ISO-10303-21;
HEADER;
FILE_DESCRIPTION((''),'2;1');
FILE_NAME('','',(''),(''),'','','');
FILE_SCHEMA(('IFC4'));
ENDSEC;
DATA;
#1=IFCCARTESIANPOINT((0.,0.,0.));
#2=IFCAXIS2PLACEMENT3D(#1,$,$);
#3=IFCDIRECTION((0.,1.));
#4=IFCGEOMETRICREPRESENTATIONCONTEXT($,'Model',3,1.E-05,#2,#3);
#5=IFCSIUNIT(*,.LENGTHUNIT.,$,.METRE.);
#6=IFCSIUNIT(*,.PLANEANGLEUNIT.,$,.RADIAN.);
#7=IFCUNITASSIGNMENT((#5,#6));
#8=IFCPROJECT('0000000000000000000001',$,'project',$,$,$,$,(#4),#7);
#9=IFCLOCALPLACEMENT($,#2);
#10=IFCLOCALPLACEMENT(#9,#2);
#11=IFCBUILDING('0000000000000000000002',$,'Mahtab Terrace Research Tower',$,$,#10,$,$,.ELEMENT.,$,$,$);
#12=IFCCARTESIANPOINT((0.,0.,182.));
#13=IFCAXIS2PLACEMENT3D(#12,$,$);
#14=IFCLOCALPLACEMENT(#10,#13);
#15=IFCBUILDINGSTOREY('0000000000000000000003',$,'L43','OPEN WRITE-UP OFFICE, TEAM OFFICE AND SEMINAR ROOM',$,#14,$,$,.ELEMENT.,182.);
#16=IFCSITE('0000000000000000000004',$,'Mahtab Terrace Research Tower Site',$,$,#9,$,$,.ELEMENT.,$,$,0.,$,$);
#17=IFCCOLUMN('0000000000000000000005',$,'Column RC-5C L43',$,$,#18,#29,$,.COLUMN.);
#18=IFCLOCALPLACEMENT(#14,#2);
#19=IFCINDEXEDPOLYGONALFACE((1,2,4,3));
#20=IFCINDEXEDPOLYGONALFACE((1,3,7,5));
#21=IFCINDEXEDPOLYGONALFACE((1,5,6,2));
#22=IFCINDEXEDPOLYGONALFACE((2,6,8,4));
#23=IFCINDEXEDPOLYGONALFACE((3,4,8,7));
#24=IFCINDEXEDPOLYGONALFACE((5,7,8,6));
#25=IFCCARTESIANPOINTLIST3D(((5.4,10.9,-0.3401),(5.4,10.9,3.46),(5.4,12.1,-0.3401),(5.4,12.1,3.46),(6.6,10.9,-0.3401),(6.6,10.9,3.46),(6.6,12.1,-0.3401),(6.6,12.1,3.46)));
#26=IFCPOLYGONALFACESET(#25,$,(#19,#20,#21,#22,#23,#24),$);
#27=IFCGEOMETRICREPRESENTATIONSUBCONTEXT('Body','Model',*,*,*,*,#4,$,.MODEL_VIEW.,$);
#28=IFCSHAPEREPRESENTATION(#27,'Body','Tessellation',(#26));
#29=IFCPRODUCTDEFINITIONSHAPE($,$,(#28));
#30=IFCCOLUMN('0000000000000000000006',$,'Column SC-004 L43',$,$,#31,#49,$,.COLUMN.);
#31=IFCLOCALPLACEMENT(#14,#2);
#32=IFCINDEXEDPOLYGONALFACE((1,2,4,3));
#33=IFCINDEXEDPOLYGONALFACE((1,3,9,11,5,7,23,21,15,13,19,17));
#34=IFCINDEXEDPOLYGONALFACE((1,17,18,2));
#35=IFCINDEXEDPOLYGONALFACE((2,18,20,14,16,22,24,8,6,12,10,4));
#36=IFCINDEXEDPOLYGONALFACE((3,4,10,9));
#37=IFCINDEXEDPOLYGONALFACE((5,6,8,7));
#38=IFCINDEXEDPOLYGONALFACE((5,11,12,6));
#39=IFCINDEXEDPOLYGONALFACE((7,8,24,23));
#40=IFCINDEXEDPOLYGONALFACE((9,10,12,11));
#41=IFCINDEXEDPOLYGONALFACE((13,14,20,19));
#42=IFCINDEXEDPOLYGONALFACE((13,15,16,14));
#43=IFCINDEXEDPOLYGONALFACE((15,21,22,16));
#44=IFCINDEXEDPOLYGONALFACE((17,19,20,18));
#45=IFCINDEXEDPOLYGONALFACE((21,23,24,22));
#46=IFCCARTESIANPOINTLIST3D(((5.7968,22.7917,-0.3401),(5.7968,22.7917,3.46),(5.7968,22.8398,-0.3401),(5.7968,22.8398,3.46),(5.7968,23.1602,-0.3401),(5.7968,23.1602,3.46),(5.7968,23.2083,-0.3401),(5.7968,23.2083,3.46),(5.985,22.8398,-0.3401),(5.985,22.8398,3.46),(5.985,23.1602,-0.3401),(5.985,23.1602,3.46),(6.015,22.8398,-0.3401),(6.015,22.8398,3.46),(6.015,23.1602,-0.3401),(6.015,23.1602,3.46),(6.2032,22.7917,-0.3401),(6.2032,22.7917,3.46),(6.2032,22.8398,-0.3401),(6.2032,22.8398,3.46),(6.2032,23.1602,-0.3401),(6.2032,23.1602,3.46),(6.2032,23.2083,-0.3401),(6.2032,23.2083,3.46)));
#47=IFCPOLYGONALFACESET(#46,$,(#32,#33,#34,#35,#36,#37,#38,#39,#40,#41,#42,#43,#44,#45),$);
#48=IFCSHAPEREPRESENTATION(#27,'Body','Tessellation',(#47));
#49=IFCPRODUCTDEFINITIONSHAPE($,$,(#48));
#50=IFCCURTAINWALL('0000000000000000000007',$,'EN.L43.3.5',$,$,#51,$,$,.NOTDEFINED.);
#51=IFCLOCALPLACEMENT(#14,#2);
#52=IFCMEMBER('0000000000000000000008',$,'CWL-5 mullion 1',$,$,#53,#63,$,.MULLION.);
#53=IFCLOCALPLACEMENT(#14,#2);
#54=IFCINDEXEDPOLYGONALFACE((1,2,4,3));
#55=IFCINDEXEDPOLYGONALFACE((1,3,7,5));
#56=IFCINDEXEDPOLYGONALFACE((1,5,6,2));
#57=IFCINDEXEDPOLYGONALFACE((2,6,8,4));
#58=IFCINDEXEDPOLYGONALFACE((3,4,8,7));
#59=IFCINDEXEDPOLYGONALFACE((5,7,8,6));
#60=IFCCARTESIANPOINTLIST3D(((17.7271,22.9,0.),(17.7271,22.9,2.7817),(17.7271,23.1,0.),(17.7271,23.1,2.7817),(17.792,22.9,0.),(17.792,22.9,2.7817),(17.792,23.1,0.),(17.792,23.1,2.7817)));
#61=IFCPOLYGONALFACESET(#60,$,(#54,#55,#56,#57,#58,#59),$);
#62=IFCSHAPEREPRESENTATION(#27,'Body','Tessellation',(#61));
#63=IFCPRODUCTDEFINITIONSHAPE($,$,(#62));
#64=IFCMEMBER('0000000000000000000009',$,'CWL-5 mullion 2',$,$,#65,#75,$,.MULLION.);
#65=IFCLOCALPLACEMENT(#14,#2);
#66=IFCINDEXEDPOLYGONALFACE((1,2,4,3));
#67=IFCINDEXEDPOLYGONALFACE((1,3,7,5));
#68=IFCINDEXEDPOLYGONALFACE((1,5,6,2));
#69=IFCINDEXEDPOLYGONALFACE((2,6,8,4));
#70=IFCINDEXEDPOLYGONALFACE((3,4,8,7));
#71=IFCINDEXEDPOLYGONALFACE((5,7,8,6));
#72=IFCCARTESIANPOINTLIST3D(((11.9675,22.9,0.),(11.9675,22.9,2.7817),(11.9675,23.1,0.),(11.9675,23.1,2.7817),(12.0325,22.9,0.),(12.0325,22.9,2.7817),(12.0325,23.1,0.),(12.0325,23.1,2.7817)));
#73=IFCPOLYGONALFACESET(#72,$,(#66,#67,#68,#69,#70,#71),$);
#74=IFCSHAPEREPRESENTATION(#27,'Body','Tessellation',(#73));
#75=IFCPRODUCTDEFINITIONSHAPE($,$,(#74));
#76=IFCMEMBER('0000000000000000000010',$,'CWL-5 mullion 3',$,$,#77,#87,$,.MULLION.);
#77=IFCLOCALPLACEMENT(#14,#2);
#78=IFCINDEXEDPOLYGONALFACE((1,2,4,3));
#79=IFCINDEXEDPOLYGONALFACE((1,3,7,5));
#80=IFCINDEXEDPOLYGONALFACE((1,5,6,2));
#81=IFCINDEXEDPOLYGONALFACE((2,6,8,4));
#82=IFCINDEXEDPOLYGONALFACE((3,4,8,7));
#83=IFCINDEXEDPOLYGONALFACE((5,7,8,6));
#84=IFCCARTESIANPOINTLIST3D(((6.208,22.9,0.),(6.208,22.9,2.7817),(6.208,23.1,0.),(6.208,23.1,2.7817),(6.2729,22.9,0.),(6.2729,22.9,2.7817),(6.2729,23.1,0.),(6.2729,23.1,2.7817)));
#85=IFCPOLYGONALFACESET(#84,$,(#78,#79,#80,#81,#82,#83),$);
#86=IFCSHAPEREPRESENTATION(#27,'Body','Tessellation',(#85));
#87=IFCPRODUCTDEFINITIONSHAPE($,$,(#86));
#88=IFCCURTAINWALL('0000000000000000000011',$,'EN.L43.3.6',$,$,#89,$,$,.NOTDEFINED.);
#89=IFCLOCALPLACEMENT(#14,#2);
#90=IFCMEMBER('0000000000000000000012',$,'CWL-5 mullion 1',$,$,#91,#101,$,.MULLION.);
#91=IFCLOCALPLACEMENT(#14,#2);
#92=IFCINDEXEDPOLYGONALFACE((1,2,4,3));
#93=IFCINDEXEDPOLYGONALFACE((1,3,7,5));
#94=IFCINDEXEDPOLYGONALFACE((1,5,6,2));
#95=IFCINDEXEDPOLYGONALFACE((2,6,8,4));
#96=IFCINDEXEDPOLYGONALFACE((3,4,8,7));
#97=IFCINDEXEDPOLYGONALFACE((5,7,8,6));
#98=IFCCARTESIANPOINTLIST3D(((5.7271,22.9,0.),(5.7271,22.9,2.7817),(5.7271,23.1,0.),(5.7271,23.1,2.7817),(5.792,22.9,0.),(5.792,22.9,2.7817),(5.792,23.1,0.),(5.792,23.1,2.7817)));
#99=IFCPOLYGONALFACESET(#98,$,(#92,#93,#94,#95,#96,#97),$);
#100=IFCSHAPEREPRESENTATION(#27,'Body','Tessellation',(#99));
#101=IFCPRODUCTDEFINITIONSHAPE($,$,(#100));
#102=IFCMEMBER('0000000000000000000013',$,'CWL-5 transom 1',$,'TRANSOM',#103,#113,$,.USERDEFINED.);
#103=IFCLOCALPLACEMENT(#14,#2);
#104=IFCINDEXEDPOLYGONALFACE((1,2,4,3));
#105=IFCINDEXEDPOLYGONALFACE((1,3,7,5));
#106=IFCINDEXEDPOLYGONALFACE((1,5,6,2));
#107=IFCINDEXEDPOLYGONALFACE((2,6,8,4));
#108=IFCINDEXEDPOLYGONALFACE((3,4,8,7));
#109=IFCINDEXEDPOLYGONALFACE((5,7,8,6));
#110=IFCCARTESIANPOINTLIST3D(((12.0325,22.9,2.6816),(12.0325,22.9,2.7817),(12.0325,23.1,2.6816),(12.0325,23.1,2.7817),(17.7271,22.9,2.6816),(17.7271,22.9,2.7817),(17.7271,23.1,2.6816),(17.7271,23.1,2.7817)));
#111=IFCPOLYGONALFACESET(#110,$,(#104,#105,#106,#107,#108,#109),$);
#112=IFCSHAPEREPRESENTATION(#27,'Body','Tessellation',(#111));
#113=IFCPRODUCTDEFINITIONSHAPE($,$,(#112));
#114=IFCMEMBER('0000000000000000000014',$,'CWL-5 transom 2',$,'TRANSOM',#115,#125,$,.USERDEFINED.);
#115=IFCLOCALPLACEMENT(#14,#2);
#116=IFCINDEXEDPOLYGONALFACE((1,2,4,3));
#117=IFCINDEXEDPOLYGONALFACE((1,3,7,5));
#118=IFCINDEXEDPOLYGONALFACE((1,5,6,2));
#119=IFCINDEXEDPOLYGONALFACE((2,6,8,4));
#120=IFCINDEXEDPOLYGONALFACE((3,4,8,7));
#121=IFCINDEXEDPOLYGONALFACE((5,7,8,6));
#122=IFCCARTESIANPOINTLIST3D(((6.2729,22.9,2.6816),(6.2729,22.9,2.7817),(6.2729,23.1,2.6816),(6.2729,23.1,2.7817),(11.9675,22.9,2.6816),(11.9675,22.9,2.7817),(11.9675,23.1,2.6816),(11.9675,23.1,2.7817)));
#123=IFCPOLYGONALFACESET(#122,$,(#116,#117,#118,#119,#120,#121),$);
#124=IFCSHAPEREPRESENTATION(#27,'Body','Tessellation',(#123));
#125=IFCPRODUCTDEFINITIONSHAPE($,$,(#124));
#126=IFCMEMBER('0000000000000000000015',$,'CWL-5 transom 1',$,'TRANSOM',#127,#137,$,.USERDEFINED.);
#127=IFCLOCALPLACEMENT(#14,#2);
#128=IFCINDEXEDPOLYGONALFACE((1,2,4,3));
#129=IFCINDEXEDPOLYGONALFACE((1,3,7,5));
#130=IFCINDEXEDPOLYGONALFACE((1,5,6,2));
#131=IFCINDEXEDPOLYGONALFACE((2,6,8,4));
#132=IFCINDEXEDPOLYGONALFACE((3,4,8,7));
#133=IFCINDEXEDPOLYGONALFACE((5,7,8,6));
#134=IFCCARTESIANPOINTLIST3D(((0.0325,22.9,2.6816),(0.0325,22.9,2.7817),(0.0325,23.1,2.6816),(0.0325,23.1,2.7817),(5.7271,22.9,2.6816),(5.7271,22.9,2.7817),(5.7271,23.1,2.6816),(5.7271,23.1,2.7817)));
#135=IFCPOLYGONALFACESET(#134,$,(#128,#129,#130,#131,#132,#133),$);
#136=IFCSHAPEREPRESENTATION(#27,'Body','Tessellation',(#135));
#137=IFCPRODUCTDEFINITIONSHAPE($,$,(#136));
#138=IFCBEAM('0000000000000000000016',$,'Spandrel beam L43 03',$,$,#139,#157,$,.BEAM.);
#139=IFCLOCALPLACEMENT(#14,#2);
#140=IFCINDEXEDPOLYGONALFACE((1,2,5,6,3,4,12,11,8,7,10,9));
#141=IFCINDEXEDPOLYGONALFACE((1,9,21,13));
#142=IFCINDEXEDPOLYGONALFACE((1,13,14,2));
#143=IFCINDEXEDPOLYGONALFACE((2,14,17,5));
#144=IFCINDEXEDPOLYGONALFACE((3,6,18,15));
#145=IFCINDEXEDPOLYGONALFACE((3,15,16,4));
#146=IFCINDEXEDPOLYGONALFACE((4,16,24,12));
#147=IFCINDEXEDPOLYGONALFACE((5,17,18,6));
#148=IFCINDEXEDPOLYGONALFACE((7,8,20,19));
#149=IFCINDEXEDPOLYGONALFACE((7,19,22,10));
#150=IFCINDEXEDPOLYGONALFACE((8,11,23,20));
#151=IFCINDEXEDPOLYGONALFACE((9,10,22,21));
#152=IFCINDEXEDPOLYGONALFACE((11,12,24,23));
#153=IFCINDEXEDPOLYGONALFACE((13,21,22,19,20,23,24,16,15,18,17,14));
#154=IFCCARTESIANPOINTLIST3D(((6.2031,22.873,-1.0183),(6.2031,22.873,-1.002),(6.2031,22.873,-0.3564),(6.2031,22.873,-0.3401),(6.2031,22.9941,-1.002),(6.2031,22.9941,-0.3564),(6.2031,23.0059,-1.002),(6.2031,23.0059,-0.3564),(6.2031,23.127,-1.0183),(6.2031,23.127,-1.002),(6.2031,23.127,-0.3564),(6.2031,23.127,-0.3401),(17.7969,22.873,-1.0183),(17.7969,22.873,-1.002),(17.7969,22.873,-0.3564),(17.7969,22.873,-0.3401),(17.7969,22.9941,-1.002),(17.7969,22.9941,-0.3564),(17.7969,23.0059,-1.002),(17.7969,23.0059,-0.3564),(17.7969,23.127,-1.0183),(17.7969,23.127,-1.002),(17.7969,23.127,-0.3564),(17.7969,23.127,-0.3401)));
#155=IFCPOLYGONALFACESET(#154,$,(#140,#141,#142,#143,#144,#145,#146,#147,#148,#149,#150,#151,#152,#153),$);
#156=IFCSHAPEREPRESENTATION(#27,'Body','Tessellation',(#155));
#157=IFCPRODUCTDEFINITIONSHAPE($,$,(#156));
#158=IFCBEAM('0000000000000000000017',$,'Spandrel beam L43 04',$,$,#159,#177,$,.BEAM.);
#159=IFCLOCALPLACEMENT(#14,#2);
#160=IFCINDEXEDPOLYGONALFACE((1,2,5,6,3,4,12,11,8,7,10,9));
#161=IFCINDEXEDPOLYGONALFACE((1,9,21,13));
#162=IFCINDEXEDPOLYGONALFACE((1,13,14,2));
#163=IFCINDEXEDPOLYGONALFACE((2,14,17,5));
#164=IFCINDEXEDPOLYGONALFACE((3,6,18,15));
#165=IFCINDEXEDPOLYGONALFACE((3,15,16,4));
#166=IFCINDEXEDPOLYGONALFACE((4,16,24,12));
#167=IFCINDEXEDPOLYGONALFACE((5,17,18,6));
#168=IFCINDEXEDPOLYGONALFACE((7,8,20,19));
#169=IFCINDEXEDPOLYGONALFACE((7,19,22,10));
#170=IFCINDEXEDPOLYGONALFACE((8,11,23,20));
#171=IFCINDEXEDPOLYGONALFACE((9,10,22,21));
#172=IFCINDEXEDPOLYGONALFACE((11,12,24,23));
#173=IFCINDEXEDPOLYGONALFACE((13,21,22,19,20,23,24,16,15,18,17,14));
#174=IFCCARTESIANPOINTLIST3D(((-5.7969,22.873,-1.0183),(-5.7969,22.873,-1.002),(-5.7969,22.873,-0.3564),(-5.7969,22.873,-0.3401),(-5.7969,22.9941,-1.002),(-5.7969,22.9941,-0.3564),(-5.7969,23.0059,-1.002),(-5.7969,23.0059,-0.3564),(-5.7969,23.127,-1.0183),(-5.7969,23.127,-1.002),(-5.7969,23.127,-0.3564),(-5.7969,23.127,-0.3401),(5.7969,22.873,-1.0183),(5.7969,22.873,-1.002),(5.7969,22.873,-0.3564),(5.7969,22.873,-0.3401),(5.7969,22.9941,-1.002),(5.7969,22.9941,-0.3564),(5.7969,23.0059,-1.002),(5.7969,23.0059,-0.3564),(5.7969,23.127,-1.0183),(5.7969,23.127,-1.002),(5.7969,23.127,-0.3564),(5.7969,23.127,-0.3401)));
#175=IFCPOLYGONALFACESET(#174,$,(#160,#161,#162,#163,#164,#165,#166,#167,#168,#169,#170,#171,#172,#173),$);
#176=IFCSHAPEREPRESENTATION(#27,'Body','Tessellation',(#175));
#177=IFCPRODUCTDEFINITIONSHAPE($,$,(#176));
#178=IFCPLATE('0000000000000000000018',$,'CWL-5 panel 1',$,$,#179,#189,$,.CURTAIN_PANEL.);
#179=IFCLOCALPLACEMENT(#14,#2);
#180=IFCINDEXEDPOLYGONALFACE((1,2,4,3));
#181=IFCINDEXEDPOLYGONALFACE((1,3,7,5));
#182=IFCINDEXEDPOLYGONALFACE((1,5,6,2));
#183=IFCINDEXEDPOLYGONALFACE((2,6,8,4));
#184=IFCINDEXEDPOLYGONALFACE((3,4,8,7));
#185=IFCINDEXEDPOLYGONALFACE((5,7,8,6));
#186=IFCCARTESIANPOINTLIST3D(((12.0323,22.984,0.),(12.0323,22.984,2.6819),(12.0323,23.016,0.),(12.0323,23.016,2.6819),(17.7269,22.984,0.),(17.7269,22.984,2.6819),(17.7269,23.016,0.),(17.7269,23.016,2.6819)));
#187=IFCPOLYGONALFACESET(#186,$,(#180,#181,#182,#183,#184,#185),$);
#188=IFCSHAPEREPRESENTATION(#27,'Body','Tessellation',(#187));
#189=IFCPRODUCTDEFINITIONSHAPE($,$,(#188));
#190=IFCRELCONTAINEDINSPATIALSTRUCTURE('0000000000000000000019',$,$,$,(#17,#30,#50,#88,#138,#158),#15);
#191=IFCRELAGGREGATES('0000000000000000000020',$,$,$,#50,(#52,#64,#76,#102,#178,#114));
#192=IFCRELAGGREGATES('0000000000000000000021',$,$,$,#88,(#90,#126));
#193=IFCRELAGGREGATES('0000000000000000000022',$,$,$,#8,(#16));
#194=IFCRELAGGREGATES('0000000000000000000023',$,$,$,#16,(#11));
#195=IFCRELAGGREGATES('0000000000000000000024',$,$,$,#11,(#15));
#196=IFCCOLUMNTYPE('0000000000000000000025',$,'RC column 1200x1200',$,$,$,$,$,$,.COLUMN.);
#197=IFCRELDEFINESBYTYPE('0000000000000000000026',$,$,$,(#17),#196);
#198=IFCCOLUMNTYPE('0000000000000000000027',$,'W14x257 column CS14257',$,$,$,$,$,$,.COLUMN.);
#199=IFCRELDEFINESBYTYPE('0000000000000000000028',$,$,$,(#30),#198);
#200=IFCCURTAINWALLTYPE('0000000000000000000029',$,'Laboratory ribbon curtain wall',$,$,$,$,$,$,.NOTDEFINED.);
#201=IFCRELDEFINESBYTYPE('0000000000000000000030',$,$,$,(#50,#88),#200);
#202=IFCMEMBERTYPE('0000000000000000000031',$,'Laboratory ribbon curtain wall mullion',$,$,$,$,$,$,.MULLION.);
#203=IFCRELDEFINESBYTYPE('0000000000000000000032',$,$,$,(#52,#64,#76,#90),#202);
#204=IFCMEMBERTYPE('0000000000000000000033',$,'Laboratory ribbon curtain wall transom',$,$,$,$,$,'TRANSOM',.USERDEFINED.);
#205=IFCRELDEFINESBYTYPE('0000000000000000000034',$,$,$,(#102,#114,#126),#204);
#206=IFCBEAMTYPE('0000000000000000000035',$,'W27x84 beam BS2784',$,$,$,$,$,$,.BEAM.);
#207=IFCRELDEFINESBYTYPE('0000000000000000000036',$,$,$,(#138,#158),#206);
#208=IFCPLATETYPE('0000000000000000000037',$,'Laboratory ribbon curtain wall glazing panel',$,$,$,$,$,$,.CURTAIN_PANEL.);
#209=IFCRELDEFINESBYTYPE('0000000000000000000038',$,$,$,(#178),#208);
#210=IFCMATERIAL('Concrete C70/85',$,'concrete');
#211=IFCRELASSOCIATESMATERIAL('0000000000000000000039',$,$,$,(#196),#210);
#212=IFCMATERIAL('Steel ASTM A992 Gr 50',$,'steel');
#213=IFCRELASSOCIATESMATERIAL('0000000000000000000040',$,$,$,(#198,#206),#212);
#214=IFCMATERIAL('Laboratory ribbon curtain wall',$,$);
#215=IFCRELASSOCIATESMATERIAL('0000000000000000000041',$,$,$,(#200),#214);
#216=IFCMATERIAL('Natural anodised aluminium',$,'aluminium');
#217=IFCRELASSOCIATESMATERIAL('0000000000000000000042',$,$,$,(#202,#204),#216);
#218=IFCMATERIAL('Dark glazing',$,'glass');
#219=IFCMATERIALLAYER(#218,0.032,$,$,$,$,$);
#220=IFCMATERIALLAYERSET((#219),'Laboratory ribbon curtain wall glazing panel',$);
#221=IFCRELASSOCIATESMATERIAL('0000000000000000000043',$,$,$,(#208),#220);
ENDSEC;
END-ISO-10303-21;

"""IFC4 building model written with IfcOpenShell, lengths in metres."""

from ifc_helpers import new_model, si_unit, direction, frame, origin, origin_2d, place, context, subcontext, project, spatial, rectangle, i_section, extrude, material, layer, layer_set, material_profile, profile_set, type_object, element, aggregate, save


model = new_model("IFC4")

# Units and contexts
model_context = context("Model", 3, precision=1e-05, world=origin(), true_north=direction((0.0, 1.0)))
body_context = subcontext(model_context, "Body", "Model", "MODEL_VIEW")
ifc_project = project(units=[si_unit("LENGTHUNIT", "METRE"), si_unit("PLANEANGLEUNIT", "RADIAN")], contexts=[model_context])

# Site, building, storey
site_placement = place(None, origin())
site = spatial("IfcSite", under=ifc_project, at=site_placement, Name="Mahtab Terrace Research Tower Site", CompositionType="ELEMENT", RefElevation=0.0)
building_placement = place(site_placement, origin())
building = spatial("IfcBuilding", under=site, at=building_placement, Name="Mahtab Terrace Research Tower", CompositionType="ELEMENT")
storey_placement = place(building_placement, frame((0.0, 0.0, 182.0)))
storey = spatial("IfcBuildingStorey", under=building, at=storey_placement, Name="L43", Description="OPEN WRITE-UP OFFICE, TEAM OFFICE AND SEMINAR ROOM", CompositionType="ELEMENT", Elevation=182.0)

# Columns
ifc_material_1 = material(Name="Concrete C70/85", Category="concrete")
ifc_material_profile_1 = material_profile(ifc_material_1, rectangle(XDim=1.2, YDim=1.2, at=origin_2d()), Name="RC column 1200x1200")
ifc_profile_set_1 = profile_set([ifc_material_profile_1], Name="Concrete C70/85")
column_type_1 = type_object("IfcColumnType", Name="RC column 1200x1200", PredefinedType="COLUMN", material=ifc_profile_set_1)
column_1_placement = place(storey_placement, frame((6.0, 11.5, -0.3401), z_axis=(0.0, 0.0, 1.0), x_axis=(1.0, 0.0, 0.0)))
element("IfcColumn", 1, at=column_1_placement, inside=storey, type_object=column_type_1, Name="Column RC-5C L43", PredefinedType="COLUMN", context=body_context, shape_type="SweptSolid", body=[
    extrude(rectangle(XDim=1.2, YDim=1.2, at=origin_2d()), origin(), (0.0, 0.0, 1.0), 3.8),
])
ifc_material_2 = material(Name="Steel ASTM A992 Gr 50", Category="steel")
ifc_material_profile_2 = material_profile(ifc_material_2, i_section(OverallWidth=0.4065, OverallDepth=0.4165, WebThickness=0.03, FlangeThickness=0.0481, at=origin_2d()), Name="W14X257")
ifc_profile_set_2 = profile_set([ifc_material_profile_2], Name="Steel ASTM A992 Gr 50")
column_type_2 = type_object("IfcColumnType", Name="W14x257 column CS14257", PredefinedType="COLUMN", material=ifc_profile_set_2)
column_2_placement = place(storey_placement, frame((6.0, 23.0, -0.3401), z_axis=(0.0, 0.0, 1.0), x_axis=(1.0, 0.0, 0.0)))
element("IfcColumn", 2, at=column_2_placement, inside=storey, type_object=column_type_2, Name="Column SC-004 L43", PredefinedType="COLUMN", context=body_context, shape_type="SweptSolid", body=[
    extrude(i_section(OverallWidth=0.4065, OverallDepth=0.4165, WebThickness=0.03, FlangeThickness=0.0481, at=origin_2d()), origin(), (0.0, 0.0, 1.0), 3.8),
])

# Curtain wall, members
ifc_material_3 = material(Name="Laboratory ribbon curtain wall")
curtain_wall_type = type_object("IfcCurtainWallType", Name="Laboratory ribbon curtain wall", PredefinedType="NOTDEFINED", material=ifc_material_3)
curtain_wall_1_placement = place(storey_placement, origin())
curtain_wall_1 = element("IfcCurtainWall", 3, at=curtain_wall_1_placement, inside=storey, type_object=curtain_wall_type, Name="EN.L43.3.5", PredefinedType="NOTDEFINED")
ifc_material_4 = material(Name="Natural anodised aluminium", Category="aluminium")
ifc_material_profile_3 = material_profile(ifc_material_4, rectangle(XDim=0.2, YDim=0.0649, at=origin_2d()), Name="MULLION 65x200")
ifc_profile_set_3 = profile_set([ifc_material_profile_3], Name="Natural anodised aluminium")
member_type_1 = type_object("IfcMemberType", Name="Laboratory ribbon curtain wall mullion", PredefinedType="MULLION", material=ifc_profile_set_3)
member_1_placement = place(storey_placement, frame((17.7595, 23.0, 0.0), z_axis=(0.0, 0.0, 1.0), x_axis=(0.0, -1.0, 0.0)))
member_1 = element("IfcMember", 4, at=member_1_placement, type_object=member_type_1, Name="CWL-5 mullion 1", PredefinedType="MULLION", context=body_context, shape_type="SweptSolid", body=[
    extrude(rectangle(XDim=0.2, YDim=0.0649, at=origin_2d()), origin(), (0.0, 0.0, 1.0), 2.7817),
])
member_2_placement = place(storey_placement, frame((12.0, 23.0, 0.0), z_axis=(0.0, 0.0, 1.0), x_axis=(0.0, -1.0, 0.0)))
member_2 = element("IfcMember", 5, at=member_2_placement, type_object=member_type_1, Name="CWL-5 mullion 2", PredefinedType="MULLION", context=body_context, shape_type="SweptSolid", body=[
    extrude(rectangle(XDim=0.2, YDim=0.0649, at=origin_2d()), origin(), (0.0, 0.0, 1.0), 2.7817),
])
member_3_placement = place(storey_placement, frame((6.2405, 23.0, 0.0), z_axis=(0.0, 0.0, 1.0), x_axis=(0.0, -1.0, 0.0)))
member_3 = element("IfcMember", 6, at=member_3_placement, type_object=member_type_1, Name="CWL-5 mullion 3", PredefinedType="MULLION", context=body_context, shape_type="SweptSolid", body=[
    extrude(rectangle(XDim=0.2, YDim=0.0649, at=origin_2d()), origin(), (0.0, 0.0, 1.0), 2.7817),
])

# Curtain wall, member
curtain_wall_2_placement = place(storey_placement, origin())
curtain_wall_2 = element("IfcCurtainWall", 7, at=curtain_wall_2_placement, inside=storey, type_object=curtain_wall_type, Name="EN.L43.3.6", PredefinedType="NOTDEFINED")
member_4_placement = place(storey_placement, frame((5.7595, 23.0, 0.0), z_axis=(0.0, 0.0, 1.0), x_axis=(0.0, -1.0, 0.0)))
member_4 = element("IfcMember", 8, at=member_4_placement, type_object=member_type_1, Name="CWL-5 mullion 1", PredefinedType="MULLION", context=body_context, shape_type="SweptSolid", body=[
    extrude(rectangle(XDim=0.2, YDim=0.0649, at=origin_2d()), origin(), (0.0, 0.0, 1.0), 2.7817),
])

# Members
ifc_material_profile_4 = material_profile(ifc_material_4, rectangle(XDim=0.2, YDim=0.1001, at=origin_2d()), Name="TRANSOM 100x200")
ifc_profile_set_4 = profile_set([ifc_material_profile_4], Name="Natural anodised aluminium")
member_type_2 = type_object("IfcMemberType", Name="Laboratory ribbon curtain wall transom", ElementType="TRANSOM", PredefinedType="USERDEFINED", material=ifc_profile_set_4)
member_5_placement = place(storey_placement, frame((17.7271, 23.0, 2.7317), z_axis=(-1.0, 0.0, 0.0), x_axis=(0.0, -1.0, 0.0)))
member_5 = element("IfcMember", 9, at=member_5_placement, type_object=member_type_2, Name="CWL-5 transom 1", ObjectType="TRANSOM", PredefinedType="USERDEFINED", context=body_context, shape_type="SweptSolid", body=[
    extrude(rectangle(XDim=0.2, YDim=0.1001, at=origin_2d()), origin(), (0.0, 0.0, 1.0), 5.6946),
])
member_6_placement = place(storey_placement, frame((11.9675, 23.0, 2.7317), z_axis=(-1.0, 0.0, 0.0), x_axis=(0.0, -1.0, 0.0)))
member_6 = element("IfcMember", 10, at=member_6_placement, type_object=member_type_2, Name="CWL-5 transom 2", ObjectType="TRANSOM", PredefinedType="USERDEFINED", context=body_context, shape_type="SweptSolid", body=[
    extrude(rectangle(XDim=0.2, YDim=0.1001, at=origin_2d()), origin(), (0.0, 0.0, 1.0), 5.6946),
])
member_7_placement = place(storey_placement, frame((5.7271, 23.0, 2.7317), z_axis=(-1.0, 0.0, 0.0), x_axis=(0.0, -1.0, 0.0)))
member_7 = element("IfcMember", 11, at=member_7_placement, type_object=member_type_2, Name="CWL-5 transom 1", ObjectType="TRANSOM", PredefinedType="USERDEFINED", context=body_context, shape_type="SweptSolid", body=[
    extrude(rectangle(XDim=0.2, YDim=0.1001, at=origin_2d()), origin(), (0.0, 0.0, 1.0), 5.6946),
])

# Beams
ifc_material_profile_5 = material_profile(ifc_material_2, i_section(OverallWidth=0.2539, OverallDepth=0.6782, WebThickness=0.0117, FlangeThickness=0.0164, at=origin_2d()), Name="W27X84")
ifc_profile_set_5 = profile_set([ifc_material_profile_5], Name="Steel ASTM A992 Gr 50")
beam_type = type_object("IfcBeamType", Name="W27x84 beam BS2784", PredefinedType="BEAM", material=ifc_profile_set_5)
for number, where, z_axis, x_axis, name in (
    (12, (17.7969, 23.0, -0.6792), (-1.0, 0.0, 0.0), (0.0, -1.0, 0.0), "Spandrel beam L43 03"),
    (13, (5.7969, 23.0, -0.6792), (-1.0, 0.0, 0.0), (0.0, -1.0, 0.0), "Spandrel beam L43 04"),
):
    element("IfcBeam", number, at=place(storey_placement, frame(where, z_axis=z_axis, x_axis=x_axis)), inside=storey, type_object=beam_type, Name=name, PredefinedType="BEAM", context=body_context, shape_type="SweptSolid", body=[
        extrude(i_section(OverallWidth=0.2539, OverallDepth=0.6782, WebThickness=0.0117, FlangeThickness=0.0164, at=origin_2d()), origin(), (0.0, 0.0, 1.0), 11.5938),
    ])

# Plate
ifc_material_5 = material(Name="Dark glazing", Category="glass")
ifc_layer_1 = layer(ifc_material_5, 0.032)
ifc_layer_set_1 = layer_set([ifc_layer_1], Name="Laboratory ribbon curtain wall glazing panel")
plate_type = type_object("IfcPlateType", Name="Laboratory ribbon curtain wall glazing panel", PredefinedType="CURTAIN_PANEL", material=ifc_layer_set_1)
plate_1_placement = place(storey_placement, frame((14.8796, 23.0, 0.0), z_axis=(0.0, 0.0, 1.0), x_axis=(-1.0, 0.0, 0.0)))
plate_1 = element("IfcPlate", 14, at=plate_1_placement, type_object=plate_type, Name="CWL-5 panel 1", PredefinedType="CURTAIN_PANEL", context=body_context, shape_type="SweptSolid", body=[
    extrude(rectangle(XDim=5.6946, YDim=0.032, at=origin_2d()), origin(), (0.0, 0.0, 1.0), 2.6819),
])
aggregate(curtain_wall_1, [member_1, member_2, member_3, member_5, plate_1, member_6])
aggregate(curtain_wall_2, [member_4, member_7])

save(model, "model.ifc")
